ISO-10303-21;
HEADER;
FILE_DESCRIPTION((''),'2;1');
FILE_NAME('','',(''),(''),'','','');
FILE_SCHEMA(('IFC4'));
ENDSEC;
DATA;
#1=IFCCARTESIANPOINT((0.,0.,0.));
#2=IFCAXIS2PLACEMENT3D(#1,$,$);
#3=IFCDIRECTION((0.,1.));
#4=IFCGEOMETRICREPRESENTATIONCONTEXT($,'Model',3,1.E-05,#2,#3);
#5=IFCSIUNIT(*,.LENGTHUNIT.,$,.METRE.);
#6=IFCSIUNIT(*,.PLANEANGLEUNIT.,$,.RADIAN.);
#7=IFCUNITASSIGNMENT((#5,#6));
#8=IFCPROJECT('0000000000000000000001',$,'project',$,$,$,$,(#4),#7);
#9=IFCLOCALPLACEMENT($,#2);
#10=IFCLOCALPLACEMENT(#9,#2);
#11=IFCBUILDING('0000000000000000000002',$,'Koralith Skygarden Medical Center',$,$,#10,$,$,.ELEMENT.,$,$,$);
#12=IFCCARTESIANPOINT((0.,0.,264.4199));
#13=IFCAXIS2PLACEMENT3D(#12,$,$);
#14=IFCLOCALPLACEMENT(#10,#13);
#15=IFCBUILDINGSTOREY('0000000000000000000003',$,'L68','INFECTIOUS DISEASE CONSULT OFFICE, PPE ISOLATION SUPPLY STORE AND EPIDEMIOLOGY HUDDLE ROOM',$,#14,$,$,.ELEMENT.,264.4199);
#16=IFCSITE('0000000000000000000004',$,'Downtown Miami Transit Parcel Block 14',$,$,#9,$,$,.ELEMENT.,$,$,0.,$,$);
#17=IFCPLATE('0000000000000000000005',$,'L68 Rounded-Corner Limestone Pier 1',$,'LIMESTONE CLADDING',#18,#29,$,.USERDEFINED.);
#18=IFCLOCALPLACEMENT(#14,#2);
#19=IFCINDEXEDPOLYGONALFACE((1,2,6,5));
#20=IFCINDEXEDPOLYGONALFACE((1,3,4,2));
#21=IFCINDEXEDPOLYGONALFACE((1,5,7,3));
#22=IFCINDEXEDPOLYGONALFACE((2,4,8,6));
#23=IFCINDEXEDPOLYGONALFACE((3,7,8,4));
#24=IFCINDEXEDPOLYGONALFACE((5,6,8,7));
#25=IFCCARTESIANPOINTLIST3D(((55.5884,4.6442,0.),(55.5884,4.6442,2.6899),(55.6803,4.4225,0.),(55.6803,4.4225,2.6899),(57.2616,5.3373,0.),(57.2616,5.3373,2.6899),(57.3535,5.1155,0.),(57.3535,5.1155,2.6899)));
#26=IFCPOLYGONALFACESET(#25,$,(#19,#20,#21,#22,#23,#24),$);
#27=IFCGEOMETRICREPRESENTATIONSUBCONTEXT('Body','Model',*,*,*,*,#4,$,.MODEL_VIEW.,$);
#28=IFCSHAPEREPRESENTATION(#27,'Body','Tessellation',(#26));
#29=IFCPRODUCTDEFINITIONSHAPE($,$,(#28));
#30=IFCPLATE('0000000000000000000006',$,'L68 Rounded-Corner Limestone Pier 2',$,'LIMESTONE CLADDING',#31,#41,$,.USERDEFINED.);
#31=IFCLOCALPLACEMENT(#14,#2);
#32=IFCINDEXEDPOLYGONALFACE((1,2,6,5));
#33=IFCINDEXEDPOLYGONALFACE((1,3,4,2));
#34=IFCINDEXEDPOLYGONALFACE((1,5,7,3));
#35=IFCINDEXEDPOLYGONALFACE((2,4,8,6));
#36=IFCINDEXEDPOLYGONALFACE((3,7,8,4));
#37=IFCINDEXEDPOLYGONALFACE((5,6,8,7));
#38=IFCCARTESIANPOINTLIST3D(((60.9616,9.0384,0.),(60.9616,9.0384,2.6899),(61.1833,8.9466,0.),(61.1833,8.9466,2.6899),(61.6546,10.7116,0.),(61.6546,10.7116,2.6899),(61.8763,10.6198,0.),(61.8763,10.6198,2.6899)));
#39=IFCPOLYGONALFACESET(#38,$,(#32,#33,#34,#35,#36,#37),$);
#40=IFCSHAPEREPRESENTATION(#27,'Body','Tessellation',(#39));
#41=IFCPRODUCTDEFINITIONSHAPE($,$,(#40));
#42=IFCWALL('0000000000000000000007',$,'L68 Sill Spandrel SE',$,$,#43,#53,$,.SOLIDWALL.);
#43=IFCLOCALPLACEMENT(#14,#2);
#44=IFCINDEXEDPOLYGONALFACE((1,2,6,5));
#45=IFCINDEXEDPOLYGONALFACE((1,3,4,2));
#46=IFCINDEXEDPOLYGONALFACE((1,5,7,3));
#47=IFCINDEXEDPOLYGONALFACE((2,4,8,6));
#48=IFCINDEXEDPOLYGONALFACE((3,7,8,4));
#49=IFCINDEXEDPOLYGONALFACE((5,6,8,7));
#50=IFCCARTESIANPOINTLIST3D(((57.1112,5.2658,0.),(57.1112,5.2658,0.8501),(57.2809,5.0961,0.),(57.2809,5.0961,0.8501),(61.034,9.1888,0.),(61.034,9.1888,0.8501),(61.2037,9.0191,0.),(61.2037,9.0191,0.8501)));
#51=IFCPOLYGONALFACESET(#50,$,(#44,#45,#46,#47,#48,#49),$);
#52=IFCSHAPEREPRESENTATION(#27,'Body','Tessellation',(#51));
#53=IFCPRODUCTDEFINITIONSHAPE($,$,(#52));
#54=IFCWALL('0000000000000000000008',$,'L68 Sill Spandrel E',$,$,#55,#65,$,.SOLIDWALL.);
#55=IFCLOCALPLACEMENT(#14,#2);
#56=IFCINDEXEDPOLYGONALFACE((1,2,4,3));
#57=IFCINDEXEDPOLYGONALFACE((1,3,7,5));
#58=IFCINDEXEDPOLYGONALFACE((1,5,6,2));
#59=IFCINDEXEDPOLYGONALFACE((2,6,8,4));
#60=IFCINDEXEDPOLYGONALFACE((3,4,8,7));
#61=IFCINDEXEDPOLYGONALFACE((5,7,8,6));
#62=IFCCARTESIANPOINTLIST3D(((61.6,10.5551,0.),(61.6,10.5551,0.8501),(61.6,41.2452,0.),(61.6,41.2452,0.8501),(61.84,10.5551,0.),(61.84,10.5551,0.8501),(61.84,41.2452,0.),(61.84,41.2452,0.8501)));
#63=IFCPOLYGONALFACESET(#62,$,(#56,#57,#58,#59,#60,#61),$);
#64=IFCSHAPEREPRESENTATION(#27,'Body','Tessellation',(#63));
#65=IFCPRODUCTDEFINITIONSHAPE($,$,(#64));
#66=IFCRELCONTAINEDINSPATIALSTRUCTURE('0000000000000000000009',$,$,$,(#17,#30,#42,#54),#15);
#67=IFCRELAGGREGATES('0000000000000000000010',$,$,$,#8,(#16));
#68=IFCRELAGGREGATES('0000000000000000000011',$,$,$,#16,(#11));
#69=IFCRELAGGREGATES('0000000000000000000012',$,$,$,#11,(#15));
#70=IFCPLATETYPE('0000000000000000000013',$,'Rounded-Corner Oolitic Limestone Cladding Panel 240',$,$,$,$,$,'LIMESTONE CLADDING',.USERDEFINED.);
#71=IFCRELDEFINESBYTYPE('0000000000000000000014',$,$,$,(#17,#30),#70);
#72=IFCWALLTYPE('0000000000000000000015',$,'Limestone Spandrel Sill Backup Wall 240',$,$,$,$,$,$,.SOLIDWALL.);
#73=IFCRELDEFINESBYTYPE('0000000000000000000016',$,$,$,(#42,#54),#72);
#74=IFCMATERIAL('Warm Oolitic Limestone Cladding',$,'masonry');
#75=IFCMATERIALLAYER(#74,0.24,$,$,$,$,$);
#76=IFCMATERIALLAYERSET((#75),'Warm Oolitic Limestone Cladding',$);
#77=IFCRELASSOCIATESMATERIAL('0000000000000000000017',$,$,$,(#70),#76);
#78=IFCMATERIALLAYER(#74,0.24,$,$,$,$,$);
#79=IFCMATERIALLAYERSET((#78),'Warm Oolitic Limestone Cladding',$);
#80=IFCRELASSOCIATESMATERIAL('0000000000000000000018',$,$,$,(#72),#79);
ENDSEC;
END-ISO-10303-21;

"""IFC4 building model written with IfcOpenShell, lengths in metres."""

from ifc_helpers import new_model, si_unit, direction, frame, frame_2d, origin, origin_2d, place, context, subcontext, project, spatial, rectangle, extrude, material, layer, layer_set, type_object, element, save


model = new_model("IFC4")

# Units and contexts
model_context = context("Model", 3, precision=1e-05, world=origin(), true_north=direction((0.0, 1.0)))
body_context = subcontext(model_context, "Body", "Model", "MODEL_VIEW")
ifc_project = project(units=[si_unit("LENGTHUNIT", "METRE"), si_unit("PLANEANGLEUNIT", "RADIAN")], contexts=[model_context])

# Site, building, storey
site_placement = place(None, origin())
site = spatial("IfcSite", under=ifc_project, at=site_placement, Name="Downtown Miami Transit Parcel Block 14", CompositionType="ELEMENT", RefElevation=0.0)
building_placement = place(site_placement, origin())
building = spatial("IfcBuilding", under=site, at=building_placement, Name="Koralith Skygarden Medical Center", CompositionType="ELEMENT")
storey_placement = place(building_placement, frame((0.0, 0.0, 264.4199)))
storey = spatial("IfcBuildingStorey", under=building, at=storey_placement, Name="L68", Description="INFECTIOUS DISEASE CONSULT OFFICE, PPE ISOLATION SUPPLY STORE AND EPIDEMIOLOGY HUDDLE ROOM", CompositionType="ELEMENT", Elevation=264.4199)

# Plates
ifc_material_1 = material(Name="Warm Oolitic Limestone Cladding", Category="masonry")
ifc_layer_1 = layer(ifc_material_1, 0.24)
ifc_layer_set_1 = layer_set([ifc_layer_1], Name="Warm Oolitic Limestone Cladding")
plate_type_1 = type_object("IfcPlateType", Name="Rounded-Corner Oolitic Limestone Cladding Panel 240", ElementType="LIMESTONE CLADDING", PredefinedType="USERDEFINED", material=ifc_layer_set_1)
for number, where, z_axis, x_axis, name in (
    (1, (56.4709, 4.8799, 0.0), (0.0, 0.0, 1.0), (0.923885, 0.382671, 0.0), "L68 Rounded-Corner Limestone Pier 1"),
    (2, (61.4189, 9.8291, 0.0), (0.0, 0.0, 1.0), (0.382671, 0.923885, 0.0), "L68 Rounded-Corner Limestone Pier 2"),
):
    element("IfcPlate", number, at=place(storey_placement, frame(where, z_axis=z_axis, x_axis=x_axis)), inside=storey, type_object=plate_type_1, Name=name, ObjectType="LIMESTONE CLADDING", PredefinedType="USERDEFINED", context=body_context, shape_type="SweptSolid", body=[
        extrude(rectangle(XDim=1.811, YDim=0.24, at=origin_2d()), origin(), (0.0, 0.0, 1.0), 2.6899),
    ])

# Walls
ifc_layer_2 = layer(ifc_material_1, 0.24)
ifc_layer_set_2 = layer_set([ifc_layer_2], Name="Warm Oolitic Limestone Cladding")
wall_type = type_object("IfcWallType", Name="Limestone Spandrel Sill Backup Wall 240", PredefinedType="SOLIDWALL", material=ifc_layer_set_2)
wall_1_placement = place(storey_placement, frame((57.196, 5.1809, 0.0), z_axis=(0.0, 0.0, 1.0), x_axis=(0.707085, 0.707129, 0.0)))
element("IfcWall", 3, at=wall_1_placement, inside=storey, type_object=wall_type, Name="L68 Sill Spandrel SE", PredefinedType="SOLIDWALL", context=body_context, shape_type="SweptSolid", body=[
    extrude(rectangle(XDim=5.5479, YDim=0.24, at=frame_2d((2.7739, 0.0))), origin(), (0.0, 0.0, 1.0), 0.8501),
])
wall_2_placement = place(storey_placement, frame((61.72, 10.5549, 0.0), z_axis=(0.0, 0.0, 1.0), x_axis=(0.0, 1.0, 0.0)))
element("IfcWall", 4, at=wall_2_placement, inside=storey, type_object=wall_type, Name="L68 Sill Spandrel E", PredefinedType="SOLIDWALL", context=body_context, shape_type="SweptSolid", body=[
    extrude(rectangle(XDim=30.6902, YDim=0.24, at=frame_2d((15.3452, 0.0))), origin(), (0.0, 0.0, 1.0), 0.8501),
])

save(model, "model.ifc")
